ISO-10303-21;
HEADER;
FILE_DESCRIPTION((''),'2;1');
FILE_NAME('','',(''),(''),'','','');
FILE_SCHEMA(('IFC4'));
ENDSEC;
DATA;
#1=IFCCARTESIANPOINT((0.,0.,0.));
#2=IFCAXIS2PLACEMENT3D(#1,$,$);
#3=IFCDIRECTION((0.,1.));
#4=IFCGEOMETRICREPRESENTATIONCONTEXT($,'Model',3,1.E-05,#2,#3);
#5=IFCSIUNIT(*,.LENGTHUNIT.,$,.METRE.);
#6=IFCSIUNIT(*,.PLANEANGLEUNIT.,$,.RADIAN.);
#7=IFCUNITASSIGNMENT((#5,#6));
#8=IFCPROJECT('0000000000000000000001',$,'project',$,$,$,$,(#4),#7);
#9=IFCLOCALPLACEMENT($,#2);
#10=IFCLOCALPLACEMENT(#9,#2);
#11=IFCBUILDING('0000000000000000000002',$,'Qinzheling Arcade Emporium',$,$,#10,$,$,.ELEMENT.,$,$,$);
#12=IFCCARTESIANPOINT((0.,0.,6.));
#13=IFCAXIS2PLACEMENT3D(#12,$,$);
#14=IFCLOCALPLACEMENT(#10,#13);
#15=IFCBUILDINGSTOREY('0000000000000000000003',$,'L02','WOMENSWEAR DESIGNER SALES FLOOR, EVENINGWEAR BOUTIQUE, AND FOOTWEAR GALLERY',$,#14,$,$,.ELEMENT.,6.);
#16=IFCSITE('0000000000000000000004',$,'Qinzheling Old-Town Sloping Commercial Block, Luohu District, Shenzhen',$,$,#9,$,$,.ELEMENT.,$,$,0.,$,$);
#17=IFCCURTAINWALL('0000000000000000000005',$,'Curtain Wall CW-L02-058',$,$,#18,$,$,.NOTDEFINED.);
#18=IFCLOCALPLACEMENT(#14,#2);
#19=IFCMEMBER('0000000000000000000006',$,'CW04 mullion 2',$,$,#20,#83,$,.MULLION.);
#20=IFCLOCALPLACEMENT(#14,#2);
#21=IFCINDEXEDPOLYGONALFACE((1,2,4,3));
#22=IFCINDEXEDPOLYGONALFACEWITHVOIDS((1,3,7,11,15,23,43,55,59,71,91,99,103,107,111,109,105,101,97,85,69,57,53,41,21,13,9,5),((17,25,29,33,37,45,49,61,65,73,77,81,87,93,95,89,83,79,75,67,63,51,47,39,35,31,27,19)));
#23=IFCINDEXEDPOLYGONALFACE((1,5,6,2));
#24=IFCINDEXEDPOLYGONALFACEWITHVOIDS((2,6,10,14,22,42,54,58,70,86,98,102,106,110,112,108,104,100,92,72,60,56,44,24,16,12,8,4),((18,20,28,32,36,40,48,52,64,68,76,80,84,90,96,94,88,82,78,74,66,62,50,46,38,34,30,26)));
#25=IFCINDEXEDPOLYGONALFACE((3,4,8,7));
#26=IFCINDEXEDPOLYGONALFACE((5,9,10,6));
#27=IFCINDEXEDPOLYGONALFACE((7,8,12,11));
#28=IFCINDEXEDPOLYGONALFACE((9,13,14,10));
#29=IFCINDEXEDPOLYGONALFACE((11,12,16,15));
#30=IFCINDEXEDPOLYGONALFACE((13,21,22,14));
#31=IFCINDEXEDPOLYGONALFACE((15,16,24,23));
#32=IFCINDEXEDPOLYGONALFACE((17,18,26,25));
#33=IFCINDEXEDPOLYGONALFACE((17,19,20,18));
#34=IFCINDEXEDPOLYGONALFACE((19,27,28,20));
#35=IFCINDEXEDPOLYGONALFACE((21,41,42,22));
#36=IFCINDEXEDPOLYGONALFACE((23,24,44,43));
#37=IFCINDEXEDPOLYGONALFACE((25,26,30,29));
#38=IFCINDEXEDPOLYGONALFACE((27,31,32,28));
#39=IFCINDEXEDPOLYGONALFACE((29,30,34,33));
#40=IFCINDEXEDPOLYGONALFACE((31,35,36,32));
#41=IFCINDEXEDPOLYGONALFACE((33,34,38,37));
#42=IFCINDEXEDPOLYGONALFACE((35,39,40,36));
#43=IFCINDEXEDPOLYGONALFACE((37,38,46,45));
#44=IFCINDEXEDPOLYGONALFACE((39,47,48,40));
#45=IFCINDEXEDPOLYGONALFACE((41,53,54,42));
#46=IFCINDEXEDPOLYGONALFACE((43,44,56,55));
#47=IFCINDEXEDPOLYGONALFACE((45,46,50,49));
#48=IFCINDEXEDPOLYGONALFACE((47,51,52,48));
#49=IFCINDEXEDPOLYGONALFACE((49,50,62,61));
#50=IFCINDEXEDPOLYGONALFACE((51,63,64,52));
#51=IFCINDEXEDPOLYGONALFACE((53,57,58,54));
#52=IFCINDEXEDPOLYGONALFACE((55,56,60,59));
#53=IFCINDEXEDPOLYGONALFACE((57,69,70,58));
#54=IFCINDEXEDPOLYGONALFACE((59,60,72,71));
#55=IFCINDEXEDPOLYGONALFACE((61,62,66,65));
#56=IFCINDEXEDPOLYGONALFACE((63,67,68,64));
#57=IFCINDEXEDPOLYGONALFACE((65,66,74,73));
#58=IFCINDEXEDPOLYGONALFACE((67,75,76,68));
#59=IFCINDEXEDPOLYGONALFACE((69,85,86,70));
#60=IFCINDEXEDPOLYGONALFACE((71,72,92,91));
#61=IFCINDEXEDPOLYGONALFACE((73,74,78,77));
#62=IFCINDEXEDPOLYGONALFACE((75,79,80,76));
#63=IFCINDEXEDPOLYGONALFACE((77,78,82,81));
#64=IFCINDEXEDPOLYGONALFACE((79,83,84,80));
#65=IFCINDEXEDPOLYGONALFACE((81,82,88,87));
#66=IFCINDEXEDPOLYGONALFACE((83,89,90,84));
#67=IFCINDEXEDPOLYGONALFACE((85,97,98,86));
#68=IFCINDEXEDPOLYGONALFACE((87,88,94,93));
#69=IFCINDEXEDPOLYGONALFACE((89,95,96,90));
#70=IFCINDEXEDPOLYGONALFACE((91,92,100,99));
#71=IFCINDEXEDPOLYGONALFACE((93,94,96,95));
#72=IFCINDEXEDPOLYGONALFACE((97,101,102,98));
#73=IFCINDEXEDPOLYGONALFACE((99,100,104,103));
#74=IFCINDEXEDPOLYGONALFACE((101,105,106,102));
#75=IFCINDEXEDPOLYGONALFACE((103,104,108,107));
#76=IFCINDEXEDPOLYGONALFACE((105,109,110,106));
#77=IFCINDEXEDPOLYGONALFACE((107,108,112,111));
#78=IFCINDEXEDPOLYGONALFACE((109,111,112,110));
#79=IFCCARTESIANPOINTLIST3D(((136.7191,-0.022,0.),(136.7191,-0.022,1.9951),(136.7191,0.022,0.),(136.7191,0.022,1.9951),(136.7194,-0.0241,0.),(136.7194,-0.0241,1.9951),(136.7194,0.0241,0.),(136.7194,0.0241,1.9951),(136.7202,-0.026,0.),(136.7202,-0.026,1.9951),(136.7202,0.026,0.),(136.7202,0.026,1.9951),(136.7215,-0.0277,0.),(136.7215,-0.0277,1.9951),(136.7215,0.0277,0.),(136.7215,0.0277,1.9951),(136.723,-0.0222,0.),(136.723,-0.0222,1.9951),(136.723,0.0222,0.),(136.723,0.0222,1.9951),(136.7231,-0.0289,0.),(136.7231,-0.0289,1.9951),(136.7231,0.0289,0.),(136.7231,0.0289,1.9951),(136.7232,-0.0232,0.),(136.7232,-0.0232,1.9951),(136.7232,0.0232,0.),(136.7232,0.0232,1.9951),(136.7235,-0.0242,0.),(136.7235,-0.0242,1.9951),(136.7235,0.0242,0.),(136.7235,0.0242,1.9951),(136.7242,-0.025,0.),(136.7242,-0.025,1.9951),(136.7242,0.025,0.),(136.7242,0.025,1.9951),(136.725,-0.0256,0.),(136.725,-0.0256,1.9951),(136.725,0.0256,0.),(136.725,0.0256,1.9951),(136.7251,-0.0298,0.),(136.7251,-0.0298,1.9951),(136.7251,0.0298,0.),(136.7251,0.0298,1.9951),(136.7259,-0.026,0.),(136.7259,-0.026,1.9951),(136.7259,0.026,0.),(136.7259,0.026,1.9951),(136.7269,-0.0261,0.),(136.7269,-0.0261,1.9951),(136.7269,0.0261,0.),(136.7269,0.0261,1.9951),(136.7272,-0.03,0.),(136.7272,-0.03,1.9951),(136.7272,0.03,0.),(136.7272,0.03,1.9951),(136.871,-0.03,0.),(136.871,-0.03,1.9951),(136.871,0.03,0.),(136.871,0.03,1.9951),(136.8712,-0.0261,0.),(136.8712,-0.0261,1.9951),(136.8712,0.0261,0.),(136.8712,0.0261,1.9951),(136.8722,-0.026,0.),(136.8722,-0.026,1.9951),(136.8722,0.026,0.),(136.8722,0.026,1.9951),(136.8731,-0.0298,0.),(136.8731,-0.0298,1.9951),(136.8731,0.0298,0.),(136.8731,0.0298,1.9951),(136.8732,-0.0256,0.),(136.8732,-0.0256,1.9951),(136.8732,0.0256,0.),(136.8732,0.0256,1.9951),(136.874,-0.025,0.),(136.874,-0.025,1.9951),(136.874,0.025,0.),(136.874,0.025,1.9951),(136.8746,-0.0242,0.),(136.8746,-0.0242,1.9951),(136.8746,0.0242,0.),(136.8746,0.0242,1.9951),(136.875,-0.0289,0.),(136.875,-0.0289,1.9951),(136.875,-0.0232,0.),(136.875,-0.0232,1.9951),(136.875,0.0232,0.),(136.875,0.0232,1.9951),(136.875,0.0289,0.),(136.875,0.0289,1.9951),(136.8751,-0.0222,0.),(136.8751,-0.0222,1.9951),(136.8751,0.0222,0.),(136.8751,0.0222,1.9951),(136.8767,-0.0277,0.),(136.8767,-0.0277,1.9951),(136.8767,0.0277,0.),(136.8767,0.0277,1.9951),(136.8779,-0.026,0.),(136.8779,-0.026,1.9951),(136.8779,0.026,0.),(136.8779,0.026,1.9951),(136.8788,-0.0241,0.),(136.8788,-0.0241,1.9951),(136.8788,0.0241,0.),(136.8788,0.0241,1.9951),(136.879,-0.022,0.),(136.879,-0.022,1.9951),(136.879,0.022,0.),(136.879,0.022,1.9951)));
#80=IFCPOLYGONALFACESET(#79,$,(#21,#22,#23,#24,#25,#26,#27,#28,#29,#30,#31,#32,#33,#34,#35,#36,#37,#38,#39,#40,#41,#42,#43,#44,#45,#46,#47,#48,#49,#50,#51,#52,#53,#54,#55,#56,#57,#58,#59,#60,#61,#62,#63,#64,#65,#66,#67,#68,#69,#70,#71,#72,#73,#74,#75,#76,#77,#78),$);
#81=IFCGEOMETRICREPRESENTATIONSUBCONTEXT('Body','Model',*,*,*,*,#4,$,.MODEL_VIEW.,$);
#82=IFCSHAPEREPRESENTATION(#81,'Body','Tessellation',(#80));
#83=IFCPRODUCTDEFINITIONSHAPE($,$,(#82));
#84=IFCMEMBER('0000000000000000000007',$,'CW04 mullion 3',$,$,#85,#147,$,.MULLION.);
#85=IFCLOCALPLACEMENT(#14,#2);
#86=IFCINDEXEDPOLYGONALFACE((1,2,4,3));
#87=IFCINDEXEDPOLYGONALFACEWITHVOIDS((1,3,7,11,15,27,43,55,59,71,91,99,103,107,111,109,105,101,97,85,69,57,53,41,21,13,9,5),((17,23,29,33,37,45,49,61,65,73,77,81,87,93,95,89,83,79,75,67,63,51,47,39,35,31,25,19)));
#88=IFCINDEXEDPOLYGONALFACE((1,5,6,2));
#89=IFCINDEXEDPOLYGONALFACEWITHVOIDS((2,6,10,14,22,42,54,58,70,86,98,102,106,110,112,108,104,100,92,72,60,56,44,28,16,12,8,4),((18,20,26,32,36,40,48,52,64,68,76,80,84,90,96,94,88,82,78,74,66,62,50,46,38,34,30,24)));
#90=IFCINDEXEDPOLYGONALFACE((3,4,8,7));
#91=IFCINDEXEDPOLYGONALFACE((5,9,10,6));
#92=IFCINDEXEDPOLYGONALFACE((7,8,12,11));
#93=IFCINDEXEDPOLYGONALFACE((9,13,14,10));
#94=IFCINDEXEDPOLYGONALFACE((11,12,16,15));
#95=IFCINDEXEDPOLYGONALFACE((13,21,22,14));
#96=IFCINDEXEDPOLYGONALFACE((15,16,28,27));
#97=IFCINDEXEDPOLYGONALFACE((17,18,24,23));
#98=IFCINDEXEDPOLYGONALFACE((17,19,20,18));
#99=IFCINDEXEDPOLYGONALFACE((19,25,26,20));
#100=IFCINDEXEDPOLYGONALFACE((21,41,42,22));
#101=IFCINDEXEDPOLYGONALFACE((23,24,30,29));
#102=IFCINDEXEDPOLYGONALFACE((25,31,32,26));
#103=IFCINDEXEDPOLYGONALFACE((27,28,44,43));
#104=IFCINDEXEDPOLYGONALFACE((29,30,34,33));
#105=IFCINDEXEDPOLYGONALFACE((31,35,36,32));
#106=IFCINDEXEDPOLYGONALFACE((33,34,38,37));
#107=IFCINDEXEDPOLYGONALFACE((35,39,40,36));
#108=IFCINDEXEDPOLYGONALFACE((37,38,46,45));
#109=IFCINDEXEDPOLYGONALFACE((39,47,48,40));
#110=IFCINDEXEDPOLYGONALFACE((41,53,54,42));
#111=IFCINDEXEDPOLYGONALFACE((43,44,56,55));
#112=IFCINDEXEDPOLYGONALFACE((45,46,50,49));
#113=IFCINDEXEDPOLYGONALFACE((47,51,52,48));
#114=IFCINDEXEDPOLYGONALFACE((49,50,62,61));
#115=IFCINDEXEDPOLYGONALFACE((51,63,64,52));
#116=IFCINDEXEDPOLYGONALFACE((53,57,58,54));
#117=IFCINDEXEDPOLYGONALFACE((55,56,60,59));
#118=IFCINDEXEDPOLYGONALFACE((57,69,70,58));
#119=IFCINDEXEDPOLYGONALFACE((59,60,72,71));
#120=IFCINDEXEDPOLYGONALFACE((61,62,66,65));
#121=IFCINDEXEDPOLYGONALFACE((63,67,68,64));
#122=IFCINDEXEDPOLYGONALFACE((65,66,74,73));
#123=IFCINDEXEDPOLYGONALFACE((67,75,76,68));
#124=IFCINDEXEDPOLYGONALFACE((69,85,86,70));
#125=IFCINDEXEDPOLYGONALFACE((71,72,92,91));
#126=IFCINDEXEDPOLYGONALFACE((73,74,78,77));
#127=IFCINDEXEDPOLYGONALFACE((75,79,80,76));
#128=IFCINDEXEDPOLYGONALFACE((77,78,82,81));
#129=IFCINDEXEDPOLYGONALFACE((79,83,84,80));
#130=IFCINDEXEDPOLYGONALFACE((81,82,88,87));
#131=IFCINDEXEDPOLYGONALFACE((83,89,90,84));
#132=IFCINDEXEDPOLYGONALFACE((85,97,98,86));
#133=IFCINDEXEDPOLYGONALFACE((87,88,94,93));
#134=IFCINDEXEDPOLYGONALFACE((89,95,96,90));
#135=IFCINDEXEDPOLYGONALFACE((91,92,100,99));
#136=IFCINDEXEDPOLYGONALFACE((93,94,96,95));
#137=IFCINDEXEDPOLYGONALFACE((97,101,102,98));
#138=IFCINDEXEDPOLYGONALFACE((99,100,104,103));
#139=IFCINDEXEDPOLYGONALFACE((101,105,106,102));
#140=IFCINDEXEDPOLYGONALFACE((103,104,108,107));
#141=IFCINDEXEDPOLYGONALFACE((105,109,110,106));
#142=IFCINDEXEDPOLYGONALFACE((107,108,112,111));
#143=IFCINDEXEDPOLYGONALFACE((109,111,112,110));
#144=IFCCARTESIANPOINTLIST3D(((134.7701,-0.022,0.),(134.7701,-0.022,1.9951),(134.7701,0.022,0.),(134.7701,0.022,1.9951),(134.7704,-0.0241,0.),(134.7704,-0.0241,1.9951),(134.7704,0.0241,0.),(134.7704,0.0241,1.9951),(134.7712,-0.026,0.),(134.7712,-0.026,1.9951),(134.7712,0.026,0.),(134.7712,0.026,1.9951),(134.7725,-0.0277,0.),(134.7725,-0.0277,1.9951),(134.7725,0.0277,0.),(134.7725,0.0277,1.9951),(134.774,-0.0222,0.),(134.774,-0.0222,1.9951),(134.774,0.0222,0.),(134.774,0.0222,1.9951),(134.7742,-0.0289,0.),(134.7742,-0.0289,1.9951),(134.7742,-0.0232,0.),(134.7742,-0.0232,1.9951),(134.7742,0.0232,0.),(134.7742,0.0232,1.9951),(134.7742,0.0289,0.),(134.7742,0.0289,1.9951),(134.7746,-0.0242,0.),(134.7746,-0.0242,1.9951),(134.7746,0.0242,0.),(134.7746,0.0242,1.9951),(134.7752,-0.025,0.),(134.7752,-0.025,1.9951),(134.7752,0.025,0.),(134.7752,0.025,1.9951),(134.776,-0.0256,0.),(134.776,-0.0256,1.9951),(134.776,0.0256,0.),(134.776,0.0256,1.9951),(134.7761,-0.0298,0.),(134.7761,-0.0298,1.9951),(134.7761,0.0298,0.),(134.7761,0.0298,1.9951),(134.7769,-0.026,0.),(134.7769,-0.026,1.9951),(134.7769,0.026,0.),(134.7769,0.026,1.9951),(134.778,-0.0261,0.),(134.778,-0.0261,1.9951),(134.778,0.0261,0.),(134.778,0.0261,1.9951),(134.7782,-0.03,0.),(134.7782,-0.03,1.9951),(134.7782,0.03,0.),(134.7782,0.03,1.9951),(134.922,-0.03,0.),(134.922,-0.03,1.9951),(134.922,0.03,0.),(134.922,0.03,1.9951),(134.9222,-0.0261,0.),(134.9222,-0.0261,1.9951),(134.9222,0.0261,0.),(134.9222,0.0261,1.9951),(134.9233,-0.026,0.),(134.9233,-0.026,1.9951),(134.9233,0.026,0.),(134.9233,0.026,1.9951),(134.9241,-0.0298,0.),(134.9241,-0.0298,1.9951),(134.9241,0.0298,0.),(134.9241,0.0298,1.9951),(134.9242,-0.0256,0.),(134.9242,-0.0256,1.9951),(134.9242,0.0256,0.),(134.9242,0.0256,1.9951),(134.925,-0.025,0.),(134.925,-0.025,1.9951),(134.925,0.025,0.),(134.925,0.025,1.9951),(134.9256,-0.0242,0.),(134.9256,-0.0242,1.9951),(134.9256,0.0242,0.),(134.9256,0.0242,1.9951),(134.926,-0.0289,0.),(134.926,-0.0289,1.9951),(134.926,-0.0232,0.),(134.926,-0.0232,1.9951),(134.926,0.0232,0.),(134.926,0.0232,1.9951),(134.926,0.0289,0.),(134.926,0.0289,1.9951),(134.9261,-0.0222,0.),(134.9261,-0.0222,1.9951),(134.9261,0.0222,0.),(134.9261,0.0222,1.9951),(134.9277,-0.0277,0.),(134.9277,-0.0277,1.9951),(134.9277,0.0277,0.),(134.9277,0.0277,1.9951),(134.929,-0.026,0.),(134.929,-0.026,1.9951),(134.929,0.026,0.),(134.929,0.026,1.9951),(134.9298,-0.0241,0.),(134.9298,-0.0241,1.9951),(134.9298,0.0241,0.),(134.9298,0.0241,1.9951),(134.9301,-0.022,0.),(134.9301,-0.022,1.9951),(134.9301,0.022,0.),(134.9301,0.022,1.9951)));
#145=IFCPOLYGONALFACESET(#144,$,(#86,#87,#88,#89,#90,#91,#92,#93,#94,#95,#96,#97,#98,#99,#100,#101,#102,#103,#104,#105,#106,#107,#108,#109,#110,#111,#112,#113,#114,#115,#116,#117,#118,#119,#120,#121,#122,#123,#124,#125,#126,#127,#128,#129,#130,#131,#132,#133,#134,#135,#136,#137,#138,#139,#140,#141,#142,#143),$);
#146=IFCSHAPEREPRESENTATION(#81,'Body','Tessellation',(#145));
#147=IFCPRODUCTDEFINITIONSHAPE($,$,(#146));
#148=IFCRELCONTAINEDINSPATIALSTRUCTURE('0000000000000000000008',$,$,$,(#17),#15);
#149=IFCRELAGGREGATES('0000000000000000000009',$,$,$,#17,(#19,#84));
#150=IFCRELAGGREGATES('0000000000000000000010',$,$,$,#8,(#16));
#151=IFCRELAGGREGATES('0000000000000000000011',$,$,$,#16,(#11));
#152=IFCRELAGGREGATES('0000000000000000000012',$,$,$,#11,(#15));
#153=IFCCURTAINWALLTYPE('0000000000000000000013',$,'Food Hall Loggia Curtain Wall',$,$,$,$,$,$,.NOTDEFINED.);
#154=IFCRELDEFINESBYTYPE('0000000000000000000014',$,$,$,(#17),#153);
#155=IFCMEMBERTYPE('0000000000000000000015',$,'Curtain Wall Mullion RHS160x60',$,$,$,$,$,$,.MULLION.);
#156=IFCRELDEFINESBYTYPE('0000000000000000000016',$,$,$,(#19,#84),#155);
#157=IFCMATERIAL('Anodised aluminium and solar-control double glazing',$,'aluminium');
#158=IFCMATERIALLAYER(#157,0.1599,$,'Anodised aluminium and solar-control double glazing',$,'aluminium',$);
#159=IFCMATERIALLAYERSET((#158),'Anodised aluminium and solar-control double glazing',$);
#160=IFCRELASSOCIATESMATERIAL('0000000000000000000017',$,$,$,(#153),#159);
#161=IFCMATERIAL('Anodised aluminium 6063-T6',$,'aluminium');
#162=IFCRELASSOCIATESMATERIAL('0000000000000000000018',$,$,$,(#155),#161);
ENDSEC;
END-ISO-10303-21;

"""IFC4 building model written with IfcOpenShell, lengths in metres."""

from ifc_helpers import new_model, si_unit, direction, frame, origin, origin_2d, place, context, subcontext, project, spatial, hollow_rectangle, extrude, material, layer, layer_set, material_profile, profile_set, type_object, element, aggregate, save


model = new_model("IFC4")

# Units and contexts
model_context = context("Model", 3, precision=1e-05, world=origin(), true_north=direction((0.0, 1.0)))
body_context = subcontext(model_context, "Body", "Model", "MODEL_VIEW")
ifc_project = project(units=[si_unit("LENGTHUNIT", "METRE"), si_unit("PLANEANGLEUNIT", "RADIAN")], contexts=[model_context])

# Site, building, storey
site_placement = place(None, origin())
site = spatial("IfcSite", under=ifc_project, at=site_placement, Name="Qinzheling Old-Town Sloping Commercial Block, Luohu District, Shenzhen", CompositionType="ELEMENT", RefElevation=0.0)
building_placement = place(site_placement, origin())
building = spatial("IfcBuilding", under=site, at=building_placement, Name="Qinzheling Arcade Emporium", CompositionType="ELEMENT")
storey_placement = place(building_placement, frame((0.0, 0.0, 6.0)))
storey = spatial("IfcBuildingStorey", under=building, at=storey_placement, Name="L02", Description="WOMENSWEAR DESIGNER SALES FLOOR, EVENINGWEAR BOUTIQUE, AND FOOTWEAR GALLERY", CompositionType="ELEMENT", Elevation=6.0)

# Curtain wall, members
ifc_material_1 = material(Name="Anodised aluminium and solar-control double glazing", Category="aluminium")
ifc_layer_1 = layer(ifc_material_1, 0.1599, Name="Anodised aluminium and solar-control double glazing", Category="aluminium")
ifc_layer_set_1 = layer_set([ifc_layer_1], Name="Anodised aluminium and solar-control double glazing")
curtain_wall_type = type_object("IfcCurtainWallType", Name="Food Hall Loggia Curtain Wall", PredefinedType="NOTDEFINED", material=ifc_layer_set_1)
curtain_wall_placement = place(storey_placement, origin())
curtain_wall = element("IfcCurtainWall", 1, at=curtain_wall_placement, inside=storey, type_object=curtain_wall_type, Name="Curtain Wall CW-L02-058", PredefinedType="NOTDEFINED")
ifc_material_2 = material(Name="Anodised aluminium 6063-T6", Category="aluminium")
ifc_material_profile_1 = material_profile(ifc_material_2, hollow_rectangle(XDim=0.0601, YDim=0.1599, WallThickness=0.0039, InnerFilletRadius=0.0039, OuterFilletRadius=0.0081, at=origin_2d()), Name="RHS 160x60x4", Category="aluminium")
ifc_profile_set_1 = profile_set([ifc_material_profile_1], Name="Anodised aluminium 6063-T6")
member_type_1 = type_object("IfcMemberType", Name="Curtain Wall Mullion RHS160x60", PredefinedType="MULLION", material=ifc_profile_set_1)
member_1_placement = place(storey_placement, frame((136.7991, 0.0, 0.0), z_axis=(0.0, 0.0, 1.0), x_axis=(0.0, -1.0, 0.0)))
member_1 = element("IfcMember", 2, at=member_1_placement, type_object=member_type_1, Name="CW04 mullion 2", PredefinedType="MULLION", context=body_context, shape_type="SweptSolid", body=[
    extrude(hollow_rectangle(XDim=0.0601, YDim=0.1599, WallThickness=0.0039, InnerFilletRadius=0.0039, OuterFilletRadius=0.0081, at=origin_2d()), origin(), (0.0, 0.0, 1.0), 1.9951),
])
member_2_placement = place(storey_placement, frame((134.8501, 0.0, 0.0), z_axis=(0.0, 0.0, 1.0), x_axis=(0.0, -1.0, 0.0)))
member_2 = element("IfcMember", 3, at=member_2_placement, type_object=member_type_1, Name="CW04 mullion 3", PredefinedType="MULLION", context=body_context, shape_type="SweptSolid", body=[
    extrude(hollow_rectangle(XDim=0.0601, YDim=0.1599, WallThickness=0.0039, InnerFilletRadius=0.0039, OuterFilletRadius=0.0081, at=origin_2d()), origin(), (0.0, 0.0, 1.0), 1.9951),
])
aggregate(curtain_wall, [member_1, member_2])

save(model, "model.ifc")
